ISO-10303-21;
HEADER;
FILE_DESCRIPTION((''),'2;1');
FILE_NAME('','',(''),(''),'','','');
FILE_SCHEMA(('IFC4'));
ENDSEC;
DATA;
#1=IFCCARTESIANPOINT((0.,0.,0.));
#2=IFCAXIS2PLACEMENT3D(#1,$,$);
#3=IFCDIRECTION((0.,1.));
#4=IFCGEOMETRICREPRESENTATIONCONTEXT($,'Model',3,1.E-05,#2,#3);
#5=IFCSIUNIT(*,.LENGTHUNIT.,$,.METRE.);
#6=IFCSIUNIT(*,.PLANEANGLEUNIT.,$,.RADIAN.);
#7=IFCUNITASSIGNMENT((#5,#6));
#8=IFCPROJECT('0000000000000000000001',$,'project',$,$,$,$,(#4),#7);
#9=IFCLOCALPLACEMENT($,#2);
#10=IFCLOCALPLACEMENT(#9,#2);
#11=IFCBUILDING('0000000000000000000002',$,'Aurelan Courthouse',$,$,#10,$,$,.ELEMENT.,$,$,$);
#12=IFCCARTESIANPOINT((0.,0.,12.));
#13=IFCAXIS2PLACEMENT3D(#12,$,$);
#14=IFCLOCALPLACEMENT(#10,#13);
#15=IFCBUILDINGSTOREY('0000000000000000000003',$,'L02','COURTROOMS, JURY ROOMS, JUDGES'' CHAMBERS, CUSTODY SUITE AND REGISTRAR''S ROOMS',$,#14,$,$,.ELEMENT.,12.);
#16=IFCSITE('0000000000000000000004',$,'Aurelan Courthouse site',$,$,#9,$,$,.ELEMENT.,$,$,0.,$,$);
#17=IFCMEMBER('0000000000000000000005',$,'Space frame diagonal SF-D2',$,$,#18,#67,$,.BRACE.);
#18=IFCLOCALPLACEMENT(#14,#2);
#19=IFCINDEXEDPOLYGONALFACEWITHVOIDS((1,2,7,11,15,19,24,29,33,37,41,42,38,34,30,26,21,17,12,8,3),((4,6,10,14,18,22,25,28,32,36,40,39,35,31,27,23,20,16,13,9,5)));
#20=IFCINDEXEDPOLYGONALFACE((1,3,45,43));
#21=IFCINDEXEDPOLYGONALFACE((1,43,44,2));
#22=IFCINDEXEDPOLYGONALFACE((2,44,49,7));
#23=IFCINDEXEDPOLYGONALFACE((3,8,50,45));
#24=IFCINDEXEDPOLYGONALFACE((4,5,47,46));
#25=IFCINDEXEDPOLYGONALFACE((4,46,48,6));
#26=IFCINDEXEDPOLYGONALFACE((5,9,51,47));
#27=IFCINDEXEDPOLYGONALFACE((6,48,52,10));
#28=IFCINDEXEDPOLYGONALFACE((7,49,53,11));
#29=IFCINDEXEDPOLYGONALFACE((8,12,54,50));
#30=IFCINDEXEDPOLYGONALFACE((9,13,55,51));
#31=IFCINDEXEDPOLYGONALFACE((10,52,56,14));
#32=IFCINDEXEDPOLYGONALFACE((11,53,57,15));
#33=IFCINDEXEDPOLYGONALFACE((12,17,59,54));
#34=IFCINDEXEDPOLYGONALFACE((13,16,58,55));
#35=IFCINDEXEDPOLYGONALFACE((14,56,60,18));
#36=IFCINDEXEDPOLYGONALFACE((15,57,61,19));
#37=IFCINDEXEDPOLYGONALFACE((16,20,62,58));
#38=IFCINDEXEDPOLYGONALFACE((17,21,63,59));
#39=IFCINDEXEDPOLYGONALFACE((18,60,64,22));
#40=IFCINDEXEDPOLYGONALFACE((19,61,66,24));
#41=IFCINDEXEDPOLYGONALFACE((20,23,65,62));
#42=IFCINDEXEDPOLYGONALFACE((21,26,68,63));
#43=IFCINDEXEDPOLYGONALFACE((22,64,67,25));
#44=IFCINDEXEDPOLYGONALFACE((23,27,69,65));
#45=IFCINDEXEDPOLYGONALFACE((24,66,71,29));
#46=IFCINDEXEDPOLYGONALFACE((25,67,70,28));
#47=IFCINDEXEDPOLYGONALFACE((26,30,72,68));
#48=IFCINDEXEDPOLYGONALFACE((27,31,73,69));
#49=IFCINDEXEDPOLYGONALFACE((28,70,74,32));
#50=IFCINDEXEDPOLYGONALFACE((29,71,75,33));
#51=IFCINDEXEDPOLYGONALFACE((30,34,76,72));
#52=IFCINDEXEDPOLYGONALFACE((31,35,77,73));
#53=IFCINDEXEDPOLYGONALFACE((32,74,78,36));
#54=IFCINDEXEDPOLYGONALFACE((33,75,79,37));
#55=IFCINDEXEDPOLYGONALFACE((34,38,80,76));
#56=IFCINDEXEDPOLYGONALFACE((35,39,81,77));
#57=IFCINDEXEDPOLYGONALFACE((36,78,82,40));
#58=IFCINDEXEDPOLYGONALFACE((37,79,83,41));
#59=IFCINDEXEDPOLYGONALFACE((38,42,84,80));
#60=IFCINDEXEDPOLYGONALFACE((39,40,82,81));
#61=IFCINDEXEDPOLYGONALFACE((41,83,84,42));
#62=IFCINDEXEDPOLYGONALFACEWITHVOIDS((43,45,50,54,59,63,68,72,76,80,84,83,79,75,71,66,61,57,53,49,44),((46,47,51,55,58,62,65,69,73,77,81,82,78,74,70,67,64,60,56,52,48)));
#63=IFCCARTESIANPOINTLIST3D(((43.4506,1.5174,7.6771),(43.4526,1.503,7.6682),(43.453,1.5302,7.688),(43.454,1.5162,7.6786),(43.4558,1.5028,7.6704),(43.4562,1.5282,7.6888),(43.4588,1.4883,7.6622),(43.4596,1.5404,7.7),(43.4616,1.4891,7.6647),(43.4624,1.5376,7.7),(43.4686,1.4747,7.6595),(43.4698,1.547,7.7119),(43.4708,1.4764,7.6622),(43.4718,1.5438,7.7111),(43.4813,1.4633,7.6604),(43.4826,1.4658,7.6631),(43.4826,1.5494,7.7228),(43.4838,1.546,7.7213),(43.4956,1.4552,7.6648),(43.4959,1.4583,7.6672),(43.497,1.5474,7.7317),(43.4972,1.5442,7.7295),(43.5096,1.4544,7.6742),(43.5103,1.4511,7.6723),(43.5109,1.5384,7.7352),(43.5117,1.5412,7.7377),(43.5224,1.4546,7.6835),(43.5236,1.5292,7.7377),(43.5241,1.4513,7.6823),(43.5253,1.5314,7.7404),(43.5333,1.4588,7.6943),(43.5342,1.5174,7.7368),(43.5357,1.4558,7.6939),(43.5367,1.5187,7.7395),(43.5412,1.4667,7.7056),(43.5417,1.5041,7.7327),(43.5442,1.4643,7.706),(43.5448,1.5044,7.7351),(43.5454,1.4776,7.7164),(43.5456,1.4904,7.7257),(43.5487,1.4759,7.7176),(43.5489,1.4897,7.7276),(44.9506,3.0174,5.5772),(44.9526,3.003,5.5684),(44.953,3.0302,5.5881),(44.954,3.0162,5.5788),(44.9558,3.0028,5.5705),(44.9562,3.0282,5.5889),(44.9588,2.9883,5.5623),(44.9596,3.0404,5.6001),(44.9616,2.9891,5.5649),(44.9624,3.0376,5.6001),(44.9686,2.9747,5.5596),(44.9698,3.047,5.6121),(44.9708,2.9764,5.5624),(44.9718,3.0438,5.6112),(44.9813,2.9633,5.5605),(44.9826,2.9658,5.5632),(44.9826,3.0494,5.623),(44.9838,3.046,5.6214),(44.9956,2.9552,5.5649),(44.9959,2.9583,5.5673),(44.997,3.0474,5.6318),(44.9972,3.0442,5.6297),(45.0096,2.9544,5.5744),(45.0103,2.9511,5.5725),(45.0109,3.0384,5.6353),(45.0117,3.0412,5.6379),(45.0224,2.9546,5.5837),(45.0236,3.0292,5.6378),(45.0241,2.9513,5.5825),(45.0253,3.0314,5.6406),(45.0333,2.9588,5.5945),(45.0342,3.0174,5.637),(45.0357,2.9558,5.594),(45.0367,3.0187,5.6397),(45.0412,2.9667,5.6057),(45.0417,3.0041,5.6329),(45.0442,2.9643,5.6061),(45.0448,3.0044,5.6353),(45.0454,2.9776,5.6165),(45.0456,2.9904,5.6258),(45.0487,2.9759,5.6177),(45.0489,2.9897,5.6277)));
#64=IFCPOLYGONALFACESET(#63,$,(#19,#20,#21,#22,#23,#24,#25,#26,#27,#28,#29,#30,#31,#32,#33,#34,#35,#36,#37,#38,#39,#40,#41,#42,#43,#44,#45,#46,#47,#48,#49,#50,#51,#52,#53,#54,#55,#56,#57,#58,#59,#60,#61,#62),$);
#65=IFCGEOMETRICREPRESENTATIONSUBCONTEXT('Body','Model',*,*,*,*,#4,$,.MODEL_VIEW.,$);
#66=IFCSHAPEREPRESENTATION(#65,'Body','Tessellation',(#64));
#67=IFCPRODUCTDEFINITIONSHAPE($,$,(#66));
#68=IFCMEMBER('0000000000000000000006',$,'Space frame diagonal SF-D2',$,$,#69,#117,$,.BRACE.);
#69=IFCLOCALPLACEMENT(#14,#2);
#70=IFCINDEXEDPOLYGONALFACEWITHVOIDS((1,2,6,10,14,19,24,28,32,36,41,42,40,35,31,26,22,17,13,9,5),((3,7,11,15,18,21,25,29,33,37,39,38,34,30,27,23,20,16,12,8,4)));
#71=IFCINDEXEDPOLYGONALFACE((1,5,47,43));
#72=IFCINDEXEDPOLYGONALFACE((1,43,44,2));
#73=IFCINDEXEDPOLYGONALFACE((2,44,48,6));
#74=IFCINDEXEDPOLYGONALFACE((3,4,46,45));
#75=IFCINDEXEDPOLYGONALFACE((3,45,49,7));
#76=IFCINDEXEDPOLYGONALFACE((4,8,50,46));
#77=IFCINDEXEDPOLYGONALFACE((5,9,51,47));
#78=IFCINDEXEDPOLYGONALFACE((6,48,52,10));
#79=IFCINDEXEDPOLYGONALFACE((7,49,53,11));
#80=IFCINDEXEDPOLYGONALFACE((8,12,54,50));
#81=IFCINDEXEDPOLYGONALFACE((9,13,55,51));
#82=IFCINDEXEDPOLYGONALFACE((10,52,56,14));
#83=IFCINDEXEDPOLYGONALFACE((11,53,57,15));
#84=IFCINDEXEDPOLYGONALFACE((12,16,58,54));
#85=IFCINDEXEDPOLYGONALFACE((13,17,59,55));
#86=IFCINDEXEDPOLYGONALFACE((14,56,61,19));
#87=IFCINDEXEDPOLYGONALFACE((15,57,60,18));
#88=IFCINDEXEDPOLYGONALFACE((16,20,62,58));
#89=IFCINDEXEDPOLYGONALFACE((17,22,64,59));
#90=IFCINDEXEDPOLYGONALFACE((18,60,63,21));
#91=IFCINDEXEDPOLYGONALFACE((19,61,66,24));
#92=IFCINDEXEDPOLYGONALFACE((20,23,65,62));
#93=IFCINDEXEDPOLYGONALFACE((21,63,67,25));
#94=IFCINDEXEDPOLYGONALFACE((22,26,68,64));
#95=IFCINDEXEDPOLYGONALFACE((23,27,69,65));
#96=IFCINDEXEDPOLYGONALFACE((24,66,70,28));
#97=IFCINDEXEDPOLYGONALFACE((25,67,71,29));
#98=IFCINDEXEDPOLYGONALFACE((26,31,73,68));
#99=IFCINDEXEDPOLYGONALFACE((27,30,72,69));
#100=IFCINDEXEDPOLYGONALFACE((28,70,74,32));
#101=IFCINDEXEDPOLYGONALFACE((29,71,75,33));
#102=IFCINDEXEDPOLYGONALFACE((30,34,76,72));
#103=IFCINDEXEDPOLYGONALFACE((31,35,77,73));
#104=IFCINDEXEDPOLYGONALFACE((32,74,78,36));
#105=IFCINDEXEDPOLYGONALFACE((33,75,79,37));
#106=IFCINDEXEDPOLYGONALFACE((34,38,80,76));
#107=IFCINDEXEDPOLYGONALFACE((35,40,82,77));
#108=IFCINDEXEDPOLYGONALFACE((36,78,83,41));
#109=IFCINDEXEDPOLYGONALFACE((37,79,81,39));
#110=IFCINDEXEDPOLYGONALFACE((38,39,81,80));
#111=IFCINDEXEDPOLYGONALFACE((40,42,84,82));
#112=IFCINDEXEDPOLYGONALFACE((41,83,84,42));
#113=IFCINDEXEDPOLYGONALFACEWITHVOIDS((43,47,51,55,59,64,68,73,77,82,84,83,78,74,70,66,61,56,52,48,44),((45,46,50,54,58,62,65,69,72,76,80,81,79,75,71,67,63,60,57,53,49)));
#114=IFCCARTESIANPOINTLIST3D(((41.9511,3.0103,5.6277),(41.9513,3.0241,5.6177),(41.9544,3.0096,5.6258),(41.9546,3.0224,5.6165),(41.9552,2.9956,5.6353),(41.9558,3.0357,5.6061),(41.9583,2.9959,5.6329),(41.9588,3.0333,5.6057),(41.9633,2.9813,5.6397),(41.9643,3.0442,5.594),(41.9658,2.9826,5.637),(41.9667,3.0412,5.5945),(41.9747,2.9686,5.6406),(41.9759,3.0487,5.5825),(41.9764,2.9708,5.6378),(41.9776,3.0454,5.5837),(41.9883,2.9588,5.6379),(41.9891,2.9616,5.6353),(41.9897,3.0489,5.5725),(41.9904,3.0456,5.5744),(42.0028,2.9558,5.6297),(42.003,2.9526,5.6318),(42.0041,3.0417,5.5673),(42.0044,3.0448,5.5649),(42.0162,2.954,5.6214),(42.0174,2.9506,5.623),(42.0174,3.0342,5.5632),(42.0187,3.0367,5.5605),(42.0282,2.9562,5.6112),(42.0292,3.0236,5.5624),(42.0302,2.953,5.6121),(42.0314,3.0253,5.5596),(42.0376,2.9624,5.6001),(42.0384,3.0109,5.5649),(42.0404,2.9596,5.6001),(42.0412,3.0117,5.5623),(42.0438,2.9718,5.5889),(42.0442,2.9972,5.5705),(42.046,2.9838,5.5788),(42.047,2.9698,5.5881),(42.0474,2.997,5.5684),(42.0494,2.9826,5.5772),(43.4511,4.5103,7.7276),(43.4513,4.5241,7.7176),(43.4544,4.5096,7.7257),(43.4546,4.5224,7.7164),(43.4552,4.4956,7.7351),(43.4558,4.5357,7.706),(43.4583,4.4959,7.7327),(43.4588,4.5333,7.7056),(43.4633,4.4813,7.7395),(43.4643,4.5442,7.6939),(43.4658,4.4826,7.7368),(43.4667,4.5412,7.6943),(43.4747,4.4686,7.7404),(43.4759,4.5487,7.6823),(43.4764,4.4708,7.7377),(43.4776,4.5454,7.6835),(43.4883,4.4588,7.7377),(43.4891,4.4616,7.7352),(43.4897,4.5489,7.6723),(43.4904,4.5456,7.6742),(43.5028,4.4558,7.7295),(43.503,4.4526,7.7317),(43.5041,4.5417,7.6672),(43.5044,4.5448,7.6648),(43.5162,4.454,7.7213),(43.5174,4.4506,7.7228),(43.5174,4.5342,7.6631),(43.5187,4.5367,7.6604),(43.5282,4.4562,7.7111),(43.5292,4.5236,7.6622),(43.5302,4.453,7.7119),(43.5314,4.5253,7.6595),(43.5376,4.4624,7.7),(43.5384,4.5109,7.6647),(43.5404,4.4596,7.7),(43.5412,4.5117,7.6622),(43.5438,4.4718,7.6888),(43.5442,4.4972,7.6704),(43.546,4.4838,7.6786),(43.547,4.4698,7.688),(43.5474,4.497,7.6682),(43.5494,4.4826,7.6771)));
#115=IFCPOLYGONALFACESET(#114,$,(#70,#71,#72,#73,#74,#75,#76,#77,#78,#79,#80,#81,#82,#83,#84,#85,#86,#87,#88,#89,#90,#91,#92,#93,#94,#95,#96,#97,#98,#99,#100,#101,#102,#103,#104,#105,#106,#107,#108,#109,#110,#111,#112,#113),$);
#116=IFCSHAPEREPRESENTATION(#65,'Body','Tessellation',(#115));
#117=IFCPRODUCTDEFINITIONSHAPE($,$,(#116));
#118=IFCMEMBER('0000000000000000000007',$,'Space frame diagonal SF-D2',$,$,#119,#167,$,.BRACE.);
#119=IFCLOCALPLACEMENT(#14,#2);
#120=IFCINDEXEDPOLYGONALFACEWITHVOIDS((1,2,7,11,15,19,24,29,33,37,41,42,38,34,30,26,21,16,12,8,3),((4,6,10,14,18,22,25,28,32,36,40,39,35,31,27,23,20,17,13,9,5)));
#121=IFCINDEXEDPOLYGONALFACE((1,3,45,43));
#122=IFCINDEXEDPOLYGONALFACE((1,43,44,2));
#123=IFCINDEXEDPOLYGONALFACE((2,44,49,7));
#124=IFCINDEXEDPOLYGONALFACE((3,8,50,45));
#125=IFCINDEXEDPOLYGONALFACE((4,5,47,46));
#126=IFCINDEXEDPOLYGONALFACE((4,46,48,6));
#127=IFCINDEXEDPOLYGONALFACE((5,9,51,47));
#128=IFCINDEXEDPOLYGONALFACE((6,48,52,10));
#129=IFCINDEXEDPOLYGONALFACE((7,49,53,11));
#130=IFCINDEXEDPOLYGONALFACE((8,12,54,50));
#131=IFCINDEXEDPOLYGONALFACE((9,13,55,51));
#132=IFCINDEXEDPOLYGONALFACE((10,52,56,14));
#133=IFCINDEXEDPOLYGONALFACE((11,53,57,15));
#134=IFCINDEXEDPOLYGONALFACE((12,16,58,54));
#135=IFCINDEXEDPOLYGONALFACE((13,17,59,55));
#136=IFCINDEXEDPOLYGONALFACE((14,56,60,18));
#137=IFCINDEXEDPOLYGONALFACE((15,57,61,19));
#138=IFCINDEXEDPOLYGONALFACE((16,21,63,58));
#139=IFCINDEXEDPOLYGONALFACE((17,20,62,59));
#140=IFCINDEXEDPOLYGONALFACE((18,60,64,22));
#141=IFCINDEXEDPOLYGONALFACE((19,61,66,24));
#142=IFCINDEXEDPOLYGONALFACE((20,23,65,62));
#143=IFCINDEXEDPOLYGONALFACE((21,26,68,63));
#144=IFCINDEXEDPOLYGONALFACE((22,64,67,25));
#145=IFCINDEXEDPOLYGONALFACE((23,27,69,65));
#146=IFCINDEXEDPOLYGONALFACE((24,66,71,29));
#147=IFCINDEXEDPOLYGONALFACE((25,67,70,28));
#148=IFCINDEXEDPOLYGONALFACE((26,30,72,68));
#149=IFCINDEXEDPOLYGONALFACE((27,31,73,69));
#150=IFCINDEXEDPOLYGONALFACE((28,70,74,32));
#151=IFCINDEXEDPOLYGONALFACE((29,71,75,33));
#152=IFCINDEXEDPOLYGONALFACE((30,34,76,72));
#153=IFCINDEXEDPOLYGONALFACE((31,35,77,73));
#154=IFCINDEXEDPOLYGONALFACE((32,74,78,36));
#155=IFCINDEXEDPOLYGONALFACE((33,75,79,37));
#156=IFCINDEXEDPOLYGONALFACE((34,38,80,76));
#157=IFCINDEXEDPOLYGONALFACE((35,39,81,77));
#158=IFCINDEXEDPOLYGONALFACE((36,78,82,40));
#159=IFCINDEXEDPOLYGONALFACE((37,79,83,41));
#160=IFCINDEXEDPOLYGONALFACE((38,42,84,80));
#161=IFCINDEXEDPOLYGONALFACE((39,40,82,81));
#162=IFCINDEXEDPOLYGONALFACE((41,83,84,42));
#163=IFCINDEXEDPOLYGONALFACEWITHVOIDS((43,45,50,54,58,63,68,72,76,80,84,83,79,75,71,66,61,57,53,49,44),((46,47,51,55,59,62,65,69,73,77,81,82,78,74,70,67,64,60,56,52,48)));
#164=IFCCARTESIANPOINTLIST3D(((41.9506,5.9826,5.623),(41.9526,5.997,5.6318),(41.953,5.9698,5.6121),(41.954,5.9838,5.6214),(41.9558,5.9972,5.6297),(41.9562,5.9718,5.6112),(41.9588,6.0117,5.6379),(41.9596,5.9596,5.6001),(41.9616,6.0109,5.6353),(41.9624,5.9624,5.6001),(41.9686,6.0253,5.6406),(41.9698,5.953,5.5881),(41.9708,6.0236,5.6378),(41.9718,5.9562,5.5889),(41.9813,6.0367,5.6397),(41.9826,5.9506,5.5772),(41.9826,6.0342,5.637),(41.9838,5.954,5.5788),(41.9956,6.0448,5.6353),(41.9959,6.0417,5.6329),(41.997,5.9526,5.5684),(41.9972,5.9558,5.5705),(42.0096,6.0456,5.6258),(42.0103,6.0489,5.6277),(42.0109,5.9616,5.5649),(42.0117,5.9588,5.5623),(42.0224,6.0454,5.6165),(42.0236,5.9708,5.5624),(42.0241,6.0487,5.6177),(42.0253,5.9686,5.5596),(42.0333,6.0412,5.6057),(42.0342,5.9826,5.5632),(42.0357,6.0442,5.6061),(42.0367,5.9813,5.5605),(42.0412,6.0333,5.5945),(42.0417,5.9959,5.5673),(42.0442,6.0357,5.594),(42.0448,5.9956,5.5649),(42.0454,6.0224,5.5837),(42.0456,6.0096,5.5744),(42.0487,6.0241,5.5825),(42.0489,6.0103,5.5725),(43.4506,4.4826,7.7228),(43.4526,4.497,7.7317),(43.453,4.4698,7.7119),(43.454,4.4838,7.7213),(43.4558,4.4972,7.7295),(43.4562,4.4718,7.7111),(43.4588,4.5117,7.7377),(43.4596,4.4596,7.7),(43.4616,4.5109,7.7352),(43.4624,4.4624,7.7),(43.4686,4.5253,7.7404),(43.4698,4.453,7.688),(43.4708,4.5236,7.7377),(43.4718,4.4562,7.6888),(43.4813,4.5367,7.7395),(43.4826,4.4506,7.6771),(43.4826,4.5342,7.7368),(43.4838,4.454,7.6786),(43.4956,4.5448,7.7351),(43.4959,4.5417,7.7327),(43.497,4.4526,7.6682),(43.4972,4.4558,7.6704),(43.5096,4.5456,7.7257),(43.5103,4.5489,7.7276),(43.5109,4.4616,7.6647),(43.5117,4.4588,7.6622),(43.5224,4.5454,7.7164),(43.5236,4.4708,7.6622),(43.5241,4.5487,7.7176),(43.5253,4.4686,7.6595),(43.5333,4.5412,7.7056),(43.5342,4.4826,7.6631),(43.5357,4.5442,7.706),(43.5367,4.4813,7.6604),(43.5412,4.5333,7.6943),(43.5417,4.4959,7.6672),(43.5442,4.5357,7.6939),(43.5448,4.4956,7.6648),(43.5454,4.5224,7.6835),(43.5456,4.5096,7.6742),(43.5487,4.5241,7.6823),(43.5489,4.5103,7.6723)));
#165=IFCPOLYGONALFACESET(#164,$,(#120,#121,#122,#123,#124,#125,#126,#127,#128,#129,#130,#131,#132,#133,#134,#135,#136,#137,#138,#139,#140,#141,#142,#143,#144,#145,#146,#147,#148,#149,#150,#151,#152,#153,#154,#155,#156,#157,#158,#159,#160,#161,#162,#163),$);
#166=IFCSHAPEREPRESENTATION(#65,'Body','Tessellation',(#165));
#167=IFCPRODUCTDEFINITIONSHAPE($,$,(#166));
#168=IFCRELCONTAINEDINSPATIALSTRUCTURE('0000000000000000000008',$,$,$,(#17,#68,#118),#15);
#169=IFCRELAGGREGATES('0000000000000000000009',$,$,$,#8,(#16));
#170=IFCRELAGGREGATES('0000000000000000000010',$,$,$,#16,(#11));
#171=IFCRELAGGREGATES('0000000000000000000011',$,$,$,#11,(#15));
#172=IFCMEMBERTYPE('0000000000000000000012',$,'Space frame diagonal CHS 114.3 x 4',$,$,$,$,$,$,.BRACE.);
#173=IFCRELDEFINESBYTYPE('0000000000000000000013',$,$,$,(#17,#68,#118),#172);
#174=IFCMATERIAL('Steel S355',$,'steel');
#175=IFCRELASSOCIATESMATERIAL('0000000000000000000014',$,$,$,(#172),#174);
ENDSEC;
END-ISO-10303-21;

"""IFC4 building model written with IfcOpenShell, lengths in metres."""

from ifc_helpers import new_model, si_unit, direction, frame, origin, origin_2d, place, context, subcontext, project, spatial, hollow_circle, extrude, material, material_profile, profile_set, type_object, element, save


model = new_model("IFC4")

# Units and contexts
model_context = context("Model", 3, precision=1e-05, world=origin(), true_north=direction((0.0, 1.0)))
body_context = subcontext(model_context, "Body", "Model", "MODEL_VIEW")
ifc_project = project(units=[si_unit("LENGTHUNIT", "METRE"), si_unit("PLANEANGLEUNIT", "RADIAN")], contexts=[model_context])

# Site, building, storey
site_placement = place(None, origin())
site = spatial("IfcSite", under=ifc_project, at=site_placement, Name="Aurelan Courthouse site", CompositionType="ELEMENT", RefElevation=0.0)
building_placement = place(site_placement, origin())
building = spatial("IfcBuilding", under=site, at=building_placement, Name="Aurelan Courthouse", CompositionType="ELEMENT")
storey_placement = place(building_placement, frame((0.0, 0.0, 12.0)))
storey = spatial("IfcBuildingStorey", under=building, at=storey_placement, Name="L02", Description="COURTROOMS, JURY ROOMS, JUDGES' CHAMBERS, CUSTODY SUITE AND REGISTRAR'S ROOMS", CompositionType="ELEMENT", Elevation=12.0)

# Members
ifc_material_1 = material(Name="Steel S355", Category="steel")
ifc_material_profile_1 = material_profile(ifc_material_1, hollow_circle(Radius=0.0571, WallThickness=0.0039, at=origin_2d()), Name="CHS 114.3 x 4")
ifc_profile_set_1 = profile_set([ifc_material_profile_1], Name="Steel S355")
member_type_1 = type_object("IfcMemberType", Name="Space frame diagonal CHS 114.3 x 4", PredefinedType="BRACE", material=ifc_profile_set_1)
for number, where, z_axis, x_axis, name in (
    (1, (43.5, 1.5, 7.7), (0.502536, 0.502536, -0.703502), (-0.707107, 0.707107, 0.0), "Space frame diagonal SF-D2"),
    (2, (43.5, 4.5, 7.7), (-0.502536, -0.502536, -0.703502), (0.707107, -0.707107, 0.0), "Space frame diagonal SF-D2"),
    (3, (43.5, 4.5, 7.7), (-0.502536, 0.502536, -0.703502), (-0.707107, -0.707107, 0.0), "Space frame diagonal SF-D2"),
):
    element("IfcMember", number, at=place(storey_placement, frame(where, z_axis=z_axis, x_axis=x_axis)), inside=storey, type_object=member_type_1, Name=name, PredefinedType="BRACE", context=body_context, shape_type="SweptSolid", body=[
        extrude(hollow_circle(Radius=0.0571, WallThickness=0.0039, at=origin_2d()), origin(), (0.0, 0.0, 1.0), 2.9849),
    ])

save(model, "model.ifc")
